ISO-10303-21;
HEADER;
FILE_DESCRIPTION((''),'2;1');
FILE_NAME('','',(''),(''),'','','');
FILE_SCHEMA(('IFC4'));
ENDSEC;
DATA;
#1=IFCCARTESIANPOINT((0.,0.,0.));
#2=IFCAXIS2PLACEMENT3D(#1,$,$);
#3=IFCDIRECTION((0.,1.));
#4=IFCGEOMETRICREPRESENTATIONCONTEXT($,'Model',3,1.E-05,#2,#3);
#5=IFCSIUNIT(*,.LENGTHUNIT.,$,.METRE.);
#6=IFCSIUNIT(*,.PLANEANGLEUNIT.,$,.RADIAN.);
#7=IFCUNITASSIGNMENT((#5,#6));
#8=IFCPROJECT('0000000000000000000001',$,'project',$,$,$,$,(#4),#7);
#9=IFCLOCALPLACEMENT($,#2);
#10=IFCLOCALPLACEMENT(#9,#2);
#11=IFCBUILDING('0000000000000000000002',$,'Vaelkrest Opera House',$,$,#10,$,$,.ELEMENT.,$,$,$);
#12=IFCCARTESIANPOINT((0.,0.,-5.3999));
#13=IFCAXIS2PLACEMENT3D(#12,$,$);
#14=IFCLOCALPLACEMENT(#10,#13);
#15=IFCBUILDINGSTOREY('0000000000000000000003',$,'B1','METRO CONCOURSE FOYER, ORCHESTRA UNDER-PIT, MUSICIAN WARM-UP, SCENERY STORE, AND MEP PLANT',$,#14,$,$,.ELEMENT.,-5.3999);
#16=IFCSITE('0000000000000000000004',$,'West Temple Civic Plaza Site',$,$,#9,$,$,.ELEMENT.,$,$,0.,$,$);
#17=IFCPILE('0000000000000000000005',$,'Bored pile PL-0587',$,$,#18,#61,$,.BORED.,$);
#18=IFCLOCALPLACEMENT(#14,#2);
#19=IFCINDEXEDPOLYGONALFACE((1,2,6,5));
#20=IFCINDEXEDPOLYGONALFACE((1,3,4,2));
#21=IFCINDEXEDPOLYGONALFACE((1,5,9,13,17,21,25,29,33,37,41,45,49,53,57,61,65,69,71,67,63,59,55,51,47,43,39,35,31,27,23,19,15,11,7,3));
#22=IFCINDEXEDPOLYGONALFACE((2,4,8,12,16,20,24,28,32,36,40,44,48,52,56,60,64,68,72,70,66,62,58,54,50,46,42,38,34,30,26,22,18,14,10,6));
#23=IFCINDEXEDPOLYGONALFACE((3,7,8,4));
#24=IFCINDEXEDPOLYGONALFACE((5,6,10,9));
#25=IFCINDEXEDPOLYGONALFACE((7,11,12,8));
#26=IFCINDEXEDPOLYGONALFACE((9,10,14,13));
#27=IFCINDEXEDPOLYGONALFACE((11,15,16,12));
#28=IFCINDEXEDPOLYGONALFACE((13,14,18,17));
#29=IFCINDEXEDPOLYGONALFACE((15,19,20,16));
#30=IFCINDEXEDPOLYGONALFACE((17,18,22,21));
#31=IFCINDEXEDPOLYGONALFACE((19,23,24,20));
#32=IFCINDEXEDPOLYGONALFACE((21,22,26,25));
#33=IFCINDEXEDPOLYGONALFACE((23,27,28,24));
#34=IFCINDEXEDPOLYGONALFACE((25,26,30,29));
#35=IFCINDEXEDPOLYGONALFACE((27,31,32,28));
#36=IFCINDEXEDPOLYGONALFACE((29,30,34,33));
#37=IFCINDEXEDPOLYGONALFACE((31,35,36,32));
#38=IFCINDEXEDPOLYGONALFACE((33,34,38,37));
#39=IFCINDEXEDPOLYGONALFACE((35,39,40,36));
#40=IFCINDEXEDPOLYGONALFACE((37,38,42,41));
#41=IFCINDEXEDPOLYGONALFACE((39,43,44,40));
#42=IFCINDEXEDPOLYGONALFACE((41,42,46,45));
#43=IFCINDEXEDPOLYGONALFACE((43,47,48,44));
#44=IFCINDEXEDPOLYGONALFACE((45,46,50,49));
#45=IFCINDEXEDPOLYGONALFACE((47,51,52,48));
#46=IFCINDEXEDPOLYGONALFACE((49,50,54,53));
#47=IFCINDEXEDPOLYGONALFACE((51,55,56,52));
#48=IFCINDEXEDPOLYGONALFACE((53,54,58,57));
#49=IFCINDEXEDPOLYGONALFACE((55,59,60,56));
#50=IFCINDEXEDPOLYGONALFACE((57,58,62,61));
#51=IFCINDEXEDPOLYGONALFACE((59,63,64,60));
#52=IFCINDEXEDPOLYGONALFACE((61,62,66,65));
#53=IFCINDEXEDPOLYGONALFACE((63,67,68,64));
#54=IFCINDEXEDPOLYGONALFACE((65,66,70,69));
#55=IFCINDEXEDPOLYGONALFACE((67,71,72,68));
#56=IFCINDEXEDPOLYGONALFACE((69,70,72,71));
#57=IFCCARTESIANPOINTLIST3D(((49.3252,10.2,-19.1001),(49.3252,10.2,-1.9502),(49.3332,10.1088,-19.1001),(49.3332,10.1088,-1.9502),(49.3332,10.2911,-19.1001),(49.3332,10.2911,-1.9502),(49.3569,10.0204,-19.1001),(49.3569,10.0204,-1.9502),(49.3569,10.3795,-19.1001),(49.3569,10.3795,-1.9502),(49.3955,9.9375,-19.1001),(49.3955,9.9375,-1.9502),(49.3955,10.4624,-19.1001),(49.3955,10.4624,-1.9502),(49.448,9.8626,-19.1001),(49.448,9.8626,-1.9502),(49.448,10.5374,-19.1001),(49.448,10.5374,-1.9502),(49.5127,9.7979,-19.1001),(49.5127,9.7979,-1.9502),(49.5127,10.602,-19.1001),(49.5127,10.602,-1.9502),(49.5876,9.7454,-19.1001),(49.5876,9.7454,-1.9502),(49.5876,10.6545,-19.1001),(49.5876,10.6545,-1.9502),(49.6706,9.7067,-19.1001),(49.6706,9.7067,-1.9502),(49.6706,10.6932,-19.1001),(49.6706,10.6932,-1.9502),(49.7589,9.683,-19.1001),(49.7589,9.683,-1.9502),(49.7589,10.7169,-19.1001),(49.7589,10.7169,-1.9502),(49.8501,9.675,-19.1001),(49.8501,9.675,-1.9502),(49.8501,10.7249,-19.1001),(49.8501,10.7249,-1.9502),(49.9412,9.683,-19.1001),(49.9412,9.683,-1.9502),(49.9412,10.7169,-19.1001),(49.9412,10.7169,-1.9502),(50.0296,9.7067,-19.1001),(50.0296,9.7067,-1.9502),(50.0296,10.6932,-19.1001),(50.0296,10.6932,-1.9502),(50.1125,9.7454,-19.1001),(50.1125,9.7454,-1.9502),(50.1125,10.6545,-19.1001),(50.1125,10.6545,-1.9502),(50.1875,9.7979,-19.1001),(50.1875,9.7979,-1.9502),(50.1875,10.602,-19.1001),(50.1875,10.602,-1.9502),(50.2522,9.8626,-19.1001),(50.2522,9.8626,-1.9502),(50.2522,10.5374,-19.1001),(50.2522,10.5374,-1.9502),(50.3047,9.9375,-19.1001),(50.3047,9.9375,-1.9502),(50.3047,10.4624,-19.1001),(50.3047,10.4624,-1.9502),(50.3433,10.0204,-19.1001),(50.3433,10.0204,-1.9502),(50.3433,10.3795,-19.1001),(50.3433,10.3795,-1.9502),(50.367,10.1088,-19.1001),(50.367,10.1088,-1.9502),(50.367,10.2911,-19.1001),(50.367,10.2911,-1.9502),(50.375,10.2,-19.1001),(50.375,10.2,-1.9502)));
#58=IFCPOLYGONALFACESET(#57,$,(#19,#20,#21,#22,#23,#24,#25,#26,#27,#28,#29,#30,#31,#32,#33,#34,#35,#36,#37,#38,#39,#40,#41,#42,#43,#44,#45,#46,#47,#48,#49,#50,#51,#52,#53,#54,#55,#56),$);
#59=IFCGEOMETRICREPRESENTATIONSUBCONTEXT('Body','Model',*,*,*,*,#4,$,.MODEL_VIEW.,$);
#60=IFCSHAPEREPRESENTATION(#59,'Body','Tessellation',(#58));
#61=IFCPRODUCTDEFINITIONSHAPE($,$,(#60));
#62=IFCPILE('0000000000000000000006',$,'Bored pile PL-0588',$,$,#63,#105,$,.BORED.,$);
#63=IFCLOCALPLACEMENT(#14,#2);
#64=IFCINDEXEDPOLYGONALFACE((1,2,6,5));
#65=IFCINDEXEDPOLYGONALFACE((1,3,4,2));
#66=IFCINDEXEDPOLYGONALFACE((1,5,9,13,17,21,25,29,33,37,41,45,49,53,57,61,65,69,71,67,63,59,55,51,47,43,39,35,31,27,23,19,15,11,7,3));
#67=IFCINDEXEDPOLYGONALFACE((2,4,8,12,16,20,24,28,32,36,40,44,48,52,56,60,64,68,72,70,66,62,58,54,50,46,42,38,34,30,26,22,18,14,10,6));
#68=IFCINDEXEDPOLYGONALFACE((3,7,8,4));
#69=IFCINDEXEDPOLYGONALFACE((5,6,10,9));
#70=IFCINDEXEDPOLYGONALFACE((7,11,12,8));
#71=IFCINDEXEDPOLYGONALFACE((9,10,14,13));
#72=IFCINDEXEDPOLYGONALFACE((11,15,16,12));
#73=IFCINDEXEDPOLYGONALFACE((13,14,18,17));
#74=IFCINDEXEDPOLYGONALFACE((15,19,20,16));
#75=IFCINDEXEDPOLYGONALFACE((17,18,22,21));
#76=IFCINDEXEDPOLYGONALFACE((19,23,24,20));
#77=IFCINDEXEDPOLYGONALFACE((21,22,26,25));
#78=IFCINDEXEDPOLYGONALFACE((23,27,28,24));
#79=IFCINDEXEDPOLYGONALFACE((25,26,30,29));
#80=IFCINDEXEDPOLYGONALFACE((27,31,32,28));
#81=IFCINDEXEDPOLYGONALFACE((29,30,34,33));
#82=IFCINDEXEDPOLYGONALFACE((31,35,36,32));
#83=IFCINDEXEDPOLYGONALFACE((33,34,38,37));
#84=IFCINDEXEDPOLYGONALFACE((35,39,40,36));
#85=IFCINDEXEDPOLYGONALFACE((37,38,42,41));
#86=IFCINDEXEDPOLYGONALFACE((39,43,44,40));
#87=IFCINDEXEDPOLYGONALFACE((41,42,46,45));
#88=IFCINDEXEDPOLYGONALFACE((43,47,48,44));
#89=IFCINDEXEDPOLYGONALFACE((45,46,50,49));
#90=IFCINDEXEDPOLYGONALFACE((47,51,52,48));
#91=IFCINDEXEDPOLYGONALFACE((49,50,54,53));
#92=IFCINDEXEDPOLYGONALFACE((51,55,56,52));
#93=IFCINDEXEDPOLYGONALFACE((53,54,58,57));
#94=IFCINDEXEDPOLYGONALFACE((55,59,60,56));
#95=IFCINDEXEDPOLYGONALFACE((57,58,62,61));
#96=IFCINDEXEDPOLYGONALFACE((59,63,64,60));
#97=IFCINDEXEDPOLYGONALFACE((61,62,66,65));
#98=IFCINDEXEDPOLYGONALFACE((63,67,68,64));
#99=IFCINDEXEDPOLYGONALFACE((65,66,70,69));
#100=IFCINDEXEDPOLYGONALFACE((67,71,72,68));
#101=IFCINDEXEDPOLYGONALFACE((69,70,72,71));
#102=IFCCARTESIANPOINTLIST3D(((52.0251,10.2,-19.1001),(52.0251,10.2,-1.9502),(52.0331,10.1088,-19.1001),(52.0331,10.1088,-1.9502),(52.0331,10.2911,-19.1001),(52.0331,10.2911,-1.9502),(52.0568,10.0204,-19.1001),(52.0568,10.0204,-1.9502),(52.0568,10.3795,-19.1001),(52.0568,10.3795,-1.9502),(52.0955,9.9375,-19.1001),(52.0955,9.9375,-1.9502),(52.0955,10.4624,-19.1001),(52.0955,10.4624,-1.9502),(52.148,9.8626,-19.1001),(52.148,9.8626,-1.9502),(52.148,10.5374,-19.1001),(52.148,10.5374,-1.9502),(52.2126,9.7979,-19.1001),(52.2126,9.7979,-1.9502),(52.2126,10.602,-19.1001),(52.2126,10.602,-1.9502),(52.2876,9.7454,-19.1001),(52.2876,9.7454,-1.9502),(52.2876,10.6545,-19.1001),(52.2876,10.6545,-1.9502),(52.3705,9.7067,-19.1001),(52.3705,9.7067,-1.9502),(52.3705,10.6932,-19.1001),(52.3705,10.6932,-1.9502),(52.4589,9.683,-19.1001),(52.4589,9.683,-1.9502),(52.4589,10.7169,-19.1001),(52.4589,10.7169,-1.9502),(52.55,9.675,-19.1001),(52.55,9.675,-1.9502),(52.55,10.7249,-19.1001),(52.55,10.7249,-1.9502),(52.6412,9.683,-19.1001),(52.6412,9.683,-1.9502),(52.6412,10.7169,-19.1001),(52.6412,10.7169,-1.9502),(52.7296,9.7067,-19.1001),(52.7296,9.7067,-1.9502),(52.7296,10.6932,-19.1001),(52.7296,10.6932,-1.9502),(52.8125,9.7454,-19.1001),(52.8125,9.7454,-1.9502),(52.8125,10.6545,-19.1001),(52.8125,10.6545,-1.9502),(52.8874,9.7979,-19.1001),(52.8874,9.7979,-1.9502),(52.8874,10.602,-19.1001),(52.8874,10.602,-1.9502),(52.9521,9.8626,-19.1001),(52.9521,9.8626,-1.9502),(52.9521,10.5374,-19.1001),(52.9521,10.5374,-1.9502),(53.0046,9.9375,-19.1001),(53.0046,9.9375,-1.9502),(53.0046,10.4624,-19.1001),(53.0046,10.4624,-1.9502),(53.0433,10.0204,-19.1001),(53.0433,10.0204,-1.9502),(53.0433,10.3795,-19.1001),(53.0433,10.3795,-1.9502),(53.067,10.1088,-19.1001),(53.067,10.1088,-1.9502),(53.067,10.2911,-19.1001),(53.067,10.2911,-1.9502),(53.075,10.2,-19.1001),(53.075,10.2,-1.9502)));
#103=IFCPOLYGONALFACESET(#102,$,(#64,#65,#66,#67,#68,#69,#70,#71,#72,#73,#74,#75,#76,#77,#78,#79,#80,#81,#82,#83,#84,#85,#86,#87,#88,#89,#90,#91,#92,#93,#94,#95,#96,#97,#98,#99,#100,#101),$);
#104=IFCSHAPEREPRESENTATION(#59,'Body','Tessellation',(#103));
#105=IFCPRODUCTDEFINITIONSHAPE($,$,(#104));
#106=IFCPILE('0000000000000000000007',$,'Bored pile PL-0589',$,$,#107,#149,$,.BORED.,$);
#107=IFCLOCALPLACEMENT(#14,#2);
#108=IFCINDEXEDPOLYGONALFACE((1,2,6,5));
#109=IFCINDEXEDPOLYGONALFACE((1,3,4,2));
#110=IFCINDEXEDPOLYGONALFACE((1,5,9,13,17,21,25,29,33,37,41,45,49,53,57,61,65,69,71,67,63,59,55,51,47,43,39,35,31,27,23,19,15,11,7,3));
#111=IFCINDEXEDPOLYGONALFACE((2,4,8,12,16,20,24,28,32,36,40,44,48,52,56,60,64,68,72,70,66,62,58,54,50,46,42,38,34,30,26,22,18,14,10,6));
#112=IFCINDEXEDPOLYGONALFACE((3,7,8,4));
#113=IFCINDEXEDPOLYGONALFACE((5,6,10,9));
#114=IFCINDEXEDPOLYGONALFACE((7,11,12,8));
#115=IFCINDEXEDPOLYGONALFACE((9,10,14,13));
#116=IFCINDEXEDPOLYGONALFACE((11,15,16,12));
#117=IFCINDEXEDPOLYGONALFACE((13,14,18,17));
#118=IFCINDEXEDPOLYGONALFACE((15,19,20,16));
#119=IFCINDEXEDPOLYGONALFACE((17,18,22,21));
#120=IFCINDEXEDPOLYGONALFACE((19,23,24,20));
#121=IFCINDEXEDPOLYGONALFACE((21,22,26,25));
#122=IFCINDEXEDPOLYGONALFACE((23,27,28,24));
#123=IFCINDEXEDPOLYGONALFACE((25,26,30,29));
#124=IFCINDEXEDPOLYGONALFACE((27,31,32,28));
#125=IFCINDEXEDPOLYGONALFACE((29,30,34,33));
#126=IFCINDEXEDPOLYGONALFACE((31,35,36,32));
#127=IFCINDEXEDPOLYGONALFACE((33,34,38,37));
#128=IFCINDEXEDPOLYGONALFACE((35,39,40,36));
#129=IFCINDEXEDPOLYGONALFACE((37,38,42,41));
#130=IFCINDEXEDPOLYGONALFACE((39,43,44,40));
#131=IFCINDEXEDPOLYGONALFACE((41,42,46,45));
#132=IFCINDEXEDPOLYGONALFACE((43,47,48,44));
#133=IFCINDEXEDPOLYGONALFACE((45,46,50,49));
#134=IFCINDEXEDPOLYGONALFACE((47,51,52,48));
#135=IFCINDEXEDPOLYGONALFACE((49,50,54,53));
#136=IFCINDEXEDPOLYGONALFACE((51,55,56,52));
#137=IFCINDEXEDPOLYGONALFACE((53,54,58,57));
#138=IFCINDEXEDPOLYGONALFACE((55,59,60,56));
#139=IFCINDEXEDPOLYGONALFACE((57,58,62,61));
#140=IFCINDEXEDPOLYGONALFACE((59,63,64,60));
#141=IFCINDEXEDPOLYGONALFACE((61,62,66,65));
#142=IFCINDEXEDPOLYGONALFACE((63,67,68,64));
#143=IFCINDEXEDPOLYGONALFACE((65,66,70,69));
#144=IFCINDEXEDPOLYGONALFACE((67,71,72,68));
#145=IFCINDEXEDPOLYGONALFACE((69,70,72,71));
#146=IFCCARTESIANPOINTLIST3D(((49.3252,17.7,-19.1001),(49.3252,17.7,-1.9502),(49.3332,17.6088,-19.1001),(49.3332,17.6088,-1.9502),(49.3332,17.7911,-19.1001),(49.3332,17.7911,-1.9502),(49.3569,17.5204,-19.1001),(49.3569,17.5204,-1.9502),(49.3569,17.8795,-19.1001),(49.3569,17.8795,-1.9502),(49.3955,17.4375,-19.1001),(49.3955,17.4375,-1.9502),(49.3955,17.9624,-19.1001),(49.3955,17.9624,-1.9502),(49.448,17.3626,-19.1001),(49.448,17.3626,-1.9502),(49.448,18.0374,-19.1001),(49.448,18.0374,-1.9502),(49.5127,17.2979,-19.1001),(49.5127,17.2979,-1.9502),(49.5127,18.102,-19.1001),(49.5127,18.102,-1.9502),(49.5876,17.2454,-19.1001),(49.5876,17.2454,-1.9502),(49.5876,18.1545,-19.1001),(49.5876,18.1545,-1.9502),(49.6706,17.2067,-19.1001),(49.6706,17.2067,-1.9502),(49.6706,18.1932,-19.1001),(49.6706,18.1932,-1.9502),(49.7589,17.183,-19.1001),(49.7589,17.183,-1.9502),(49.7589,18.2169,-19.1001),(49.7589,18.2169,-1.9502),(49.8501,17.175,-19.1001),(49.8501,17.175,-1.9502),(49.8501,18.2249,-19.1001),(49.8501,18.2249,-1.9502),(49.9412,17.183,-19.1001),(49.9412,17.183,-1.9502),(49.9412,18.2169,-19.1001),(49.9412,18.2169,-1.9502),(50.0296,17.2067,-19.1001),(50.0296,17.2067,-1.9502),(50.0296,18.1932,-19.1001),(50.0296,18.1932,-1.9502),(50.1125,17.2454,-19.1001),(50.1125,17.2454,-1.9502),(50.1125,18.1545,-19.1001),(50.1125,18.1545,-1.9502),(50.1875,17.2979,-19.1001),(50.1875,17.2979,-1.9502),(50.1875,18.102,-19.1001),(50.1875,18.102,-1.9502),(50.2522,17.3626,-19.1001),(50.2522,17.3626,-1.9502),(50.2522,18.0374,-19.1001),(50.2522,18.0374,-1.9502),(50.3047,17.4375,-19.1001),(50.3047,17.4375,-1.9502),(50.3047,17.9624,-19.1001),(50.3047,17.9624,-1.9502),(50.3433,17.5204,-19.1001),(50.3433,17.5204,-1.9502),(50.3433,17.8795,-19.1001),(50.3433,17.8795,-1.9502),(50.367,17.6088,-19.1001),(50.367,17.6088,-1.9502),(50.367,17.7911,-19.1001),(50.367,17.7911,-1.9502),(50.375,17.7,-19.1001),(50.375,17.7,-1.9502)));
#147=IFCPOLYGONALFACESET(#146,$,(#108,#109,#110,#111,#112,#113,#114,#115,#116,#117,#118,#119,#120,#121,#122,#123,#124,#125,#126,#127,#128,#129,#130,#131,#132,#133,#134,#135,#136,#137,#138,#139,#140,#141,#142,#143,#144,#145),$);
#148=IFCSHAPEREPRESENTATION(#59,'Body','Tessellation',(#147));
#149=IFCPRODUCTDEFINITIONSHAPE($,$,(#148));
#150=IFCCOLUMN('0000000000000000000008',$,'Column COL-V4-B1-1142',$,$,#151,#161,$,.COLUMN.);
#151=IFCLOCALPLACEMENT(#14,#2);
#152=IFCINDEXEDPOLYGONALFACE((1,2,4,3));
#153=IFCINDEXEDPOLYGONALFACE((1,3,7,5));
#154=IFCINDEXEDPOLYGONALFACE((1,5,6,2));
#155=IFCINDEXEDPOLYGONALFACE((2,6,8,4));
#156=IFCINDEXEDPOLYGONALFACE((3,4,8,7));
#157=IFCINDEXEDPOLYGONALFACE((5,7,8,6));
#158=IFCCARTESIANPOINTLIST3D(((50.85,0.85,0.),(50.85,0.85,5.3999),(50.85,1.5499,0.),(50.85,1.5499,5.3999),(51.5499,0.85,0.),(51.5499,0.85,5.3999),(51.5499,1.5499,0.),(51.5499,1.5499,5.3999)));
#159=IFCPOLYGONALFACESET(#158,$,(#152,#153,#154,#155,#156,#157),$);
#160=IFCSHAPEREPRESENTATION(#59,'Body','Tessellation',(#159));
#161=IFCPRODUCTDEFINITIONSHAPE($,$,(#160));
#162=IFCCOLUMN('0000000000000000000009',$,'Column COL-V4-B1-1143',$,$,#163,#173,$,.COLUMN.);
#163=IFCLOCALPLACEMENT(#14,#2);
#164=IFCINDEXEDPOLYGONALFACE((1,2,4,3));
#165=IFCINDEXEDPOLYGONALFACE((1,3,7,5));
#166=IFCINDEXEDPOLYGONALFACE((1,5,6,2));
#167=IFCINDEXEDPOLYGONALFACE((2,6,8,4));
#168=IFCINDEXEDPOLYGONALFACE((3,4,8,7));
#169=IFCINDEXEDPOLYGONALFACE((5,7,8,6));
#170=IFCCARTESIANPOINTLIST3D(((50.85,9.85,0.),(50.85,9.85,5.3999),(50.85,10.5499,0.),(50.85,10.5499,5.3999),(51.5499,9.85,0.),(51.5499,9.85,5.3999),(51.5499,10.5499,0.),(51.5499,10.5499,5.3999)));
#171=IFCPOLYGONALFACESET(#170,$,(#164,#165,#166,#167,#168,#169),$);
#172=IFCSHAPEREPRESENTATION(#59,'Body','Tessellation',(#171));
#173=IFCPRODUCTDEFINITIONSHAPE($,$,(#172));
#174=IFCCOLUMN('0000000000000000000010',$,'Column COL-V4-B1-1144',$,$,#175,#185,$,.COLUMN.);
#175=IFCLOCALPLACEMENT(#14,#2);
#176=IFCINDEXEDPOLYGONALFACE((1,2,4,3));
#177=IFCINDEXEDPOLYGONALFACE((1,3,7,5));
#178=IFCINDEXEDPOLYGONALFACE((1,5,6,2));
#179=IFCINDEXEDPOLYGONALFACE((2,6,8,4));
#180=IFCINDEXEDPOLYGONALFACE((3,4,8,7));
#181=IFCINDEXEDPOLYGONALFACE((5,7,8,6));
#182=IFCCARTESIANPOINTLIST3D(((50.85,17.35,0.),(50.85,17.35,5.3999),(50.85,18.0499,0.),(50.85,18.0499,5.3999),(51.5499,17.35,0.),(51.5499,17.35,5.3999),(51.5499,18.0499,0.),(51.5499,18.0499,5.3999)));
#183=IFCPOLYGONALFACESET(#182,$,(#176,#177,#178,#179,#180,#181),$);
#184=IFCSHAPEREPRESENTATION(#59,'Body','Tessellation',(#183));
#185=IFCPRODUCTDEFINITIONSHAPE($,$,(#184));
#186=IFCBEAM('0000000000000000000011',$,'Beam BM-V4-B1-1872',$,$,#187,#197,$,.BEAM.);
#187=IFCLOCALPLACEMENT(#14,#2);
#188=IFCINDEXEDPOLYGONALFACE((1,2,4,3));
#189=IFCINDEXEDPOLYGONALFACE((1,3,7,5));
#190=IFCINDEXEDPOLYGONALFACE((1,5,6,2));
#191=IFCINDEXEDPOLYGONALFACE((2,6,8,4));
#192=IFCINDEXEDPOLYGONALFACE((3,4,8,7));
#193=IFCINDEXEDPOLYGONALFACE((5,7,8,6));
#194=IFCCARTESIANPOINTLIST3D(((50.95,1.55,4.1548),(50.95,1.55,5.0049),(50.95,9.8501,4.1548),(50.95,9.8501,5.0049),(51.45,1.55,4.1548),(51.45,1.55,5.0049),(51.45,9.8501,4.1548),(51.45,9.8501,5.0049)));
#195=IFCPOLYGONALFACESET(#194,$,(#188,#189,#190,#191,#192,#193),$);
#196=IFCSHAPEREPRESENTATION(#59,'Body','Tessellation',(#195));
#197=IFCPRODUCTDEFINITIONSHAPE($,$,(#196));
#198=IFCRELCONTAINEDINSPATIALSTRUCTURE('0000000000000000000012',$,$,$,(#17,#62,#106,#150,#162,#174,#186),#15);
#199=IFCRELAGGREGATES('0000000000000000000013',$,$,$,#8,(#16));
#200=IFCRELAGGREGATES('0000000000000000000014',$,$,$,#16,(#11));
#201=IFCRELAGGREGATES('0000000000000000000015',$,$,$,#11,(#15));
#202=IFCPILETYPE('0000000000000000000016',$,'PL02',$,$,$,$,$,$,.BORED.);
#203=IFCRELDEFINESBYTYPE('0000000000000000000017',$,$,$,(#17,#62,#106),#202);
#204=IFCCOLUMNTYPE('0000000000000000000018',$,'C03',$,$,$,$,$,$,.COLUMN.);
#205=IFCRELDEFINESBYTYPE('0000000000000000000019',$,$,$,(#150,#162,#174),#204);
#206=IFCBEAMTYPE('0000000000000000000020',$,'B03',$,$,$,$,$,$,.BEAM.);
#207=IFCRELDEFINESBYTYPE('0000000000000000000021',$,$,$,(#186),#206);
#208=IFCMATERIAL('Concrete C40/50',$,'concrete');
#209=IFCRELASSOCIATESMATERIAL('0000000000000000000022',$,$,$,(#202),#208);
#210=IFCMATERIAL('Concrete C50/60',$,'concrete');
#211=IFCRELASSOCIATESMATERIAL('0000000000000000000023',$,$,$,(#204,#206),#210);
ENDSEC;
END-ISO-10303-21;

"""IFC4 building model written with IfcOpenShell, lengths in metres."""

from ifc_helpers import new_model, si_unit, direction, frame, origin, origin_2d, place, context, subcontext, project, spatial, rectangle, circle, extrude, material, material_profile, profile_set, type_object, element, save


model = new_model("IFC4")

# Units and contexts
model_context = context("Model", 3, precision=1e-05, world=origin(), true_north=direction((0.0, 1.0)))
body_context = subcontext(model_context, "Body", "Model", "MODEL_VIEW")
ifc_project = project(units=[si_unit("LENGTHUNIT", "METRE"), si_unit("PLANEANGLEUNIT", "RADIAN")], contexts=[model_context])

# Site, building, storey
site_placement = place(None, origin())
site = spatial("IfcSite", under=ifc_project, at=site_placement, Name="West Temple Civic Plaza Site", CompositionType="ELEMENT", RefElevation=0.0)
building_placement = place(site_placement, origin())
building = spatial("IfcBuilding", under=site, at=building_placement, Name="Vaelkrest Opera House", CompositionType="ELEMENT")
storey_placement = place(building_placement, frame((0.0, 0.0, -5.3999)))
storey = spatial("IfcBuildingStorey", under=building, at=storey_placement, Name="B1", Description="METRO CONCOURSE FOYER, ORCHESTRA UNDER-PIT, MUSICIAN WARM-UP, SCENERY STORE, AND MEP PLANT", CompositionType="ELEMENT", Elevation=-5.3999)

# Shared definitions
ifc_material_1 = material(Name="Concrete C40/50", Category="concrete")

# Piles
ifc_material_profile_1 = material_profile(ifc_material_1, circle(Radius=0.5249, at=origin_2d()), Name="PILE1050")
ifc_profile_set_1 = profile_set([ifc_material_profile_1], Name="Concrete C40/50")
pile_type = type_object("IfcPileType", Name="PL02", PredefinedType="BORED", material=ifc_profile_set_1)
for number, where, z_axis, x_axis, name in (
    (1, (49.8501, 10.2, -1.9502), (0.0, 0.0, -1.0), (1.0, 0.0, 0.0), "Bored pile PL-0587"),
    (2, (52.55, 10.2, -1.9502), (0.0, 0.0, -1.0), (1.0, 0.0, 0.0), "Bored pile PL-0588"),
    (3, (49.8501, 17.7, -1.9502), (0.0, 0.0, -1.0), (1.0, 0.0, 0.0), "Bored pile PL-0589"),
):
    element("IfcPile", number, at=place(storey_placement, frame(where, z_axis=z_axis, x_axis=x_axis)), inside=storey, type_object=pile_type, Name=name, PredefinedType="BORED", context=body_context, shape_type="SweptSolid", body=[
        extrude(circle(Radius=0.5249, at=origin_2d()), origin(), (0.0, 0.0, 1.0), 17.1499),
    ])

# Columns
ifc_material_2 = material(Name="Concrete C50/60", Category="concrete")
ifc_material_profile_2 = material_profile(ifc_material_2, rectangle(XDim=0.7, YDim=0.7, at=origin_2d()), Name="RC700X700")
ifc_profile_set_2 = profile_set([ifc_material_profile_2], Name="Concrete C50/60")
column_type = type_object("IfcColumnType", Name="C03", PredefinedType="COLUMN", material=ifc_profile_set_2)
for number, where, z_axis, x_axis, name in (
    (4, (51.2, 1.2, 0.0), (0.0, 0.0, 1.0), (1.0, 0.0, 0.0), "Column COL-V4-B1-1142"),
    (5, (51.2, 10.2, 0.0), (0.0, 0.0, 1.0), (1.0, 0.0, 0.0), "Column COL-V4-B1-1143"),
    (6, (51.2, 17.7, 0.0), (0.0, 0.0, 1.0), (1.0, 0.0, 0.0), "Column COL-V4-B1-1144"),
):
    element("IfcColumn", number, at=place(storey_placement, frame(where, z_axis=z_axis, x_axis=x_axis)), inside=storey, type_object=column_type, Name=name, PredefinedType="COLUMN", context=body_context, shape_type="SweptSolid", body=[
        extrude(rectangle(XDim=0.7, YDim=0.7, at=origin_2d()), origin(), (0.0, 0.0, 1.0), 5.3999),
    ])

# Beam
ifc_material_profile_3 = material_profile(ifc_material_2, rectangle(XDim=0.5, YDim=0.8501, at=origin_2d()), Name="RCB500X850")
ifc_profile_set_3 = profile_set([ifc_material_profile_3], Name="Concrete C50/60")
beam_type_1 = type_object("IfcBeamType", Name="B03", PredefinedType="BEAM", material=ifc_profile_set_3)
beam_1_placement = place(storey_placement, frame((51.2, 1.55, 4.5798), z_axis=(0.0, 1.0, 0.0), x_axis=(-1.0, 0.0, 0.0)))
element("IfcBeam", 7, at=beam_1_placement, inside=storey, type_object=beam_type_1, Name="Beam BM-V4-B1-1872", PredefinedType="BEAM", context=body_context, shape_type="SweptSolid", body=[
    extrude(rectangle(XDim=0.5, YDim=0.8501, at=origin_2d()), origin(), (0.0, 0.0, 1.0), 8.3),
])

save(model, "model.ifc")
